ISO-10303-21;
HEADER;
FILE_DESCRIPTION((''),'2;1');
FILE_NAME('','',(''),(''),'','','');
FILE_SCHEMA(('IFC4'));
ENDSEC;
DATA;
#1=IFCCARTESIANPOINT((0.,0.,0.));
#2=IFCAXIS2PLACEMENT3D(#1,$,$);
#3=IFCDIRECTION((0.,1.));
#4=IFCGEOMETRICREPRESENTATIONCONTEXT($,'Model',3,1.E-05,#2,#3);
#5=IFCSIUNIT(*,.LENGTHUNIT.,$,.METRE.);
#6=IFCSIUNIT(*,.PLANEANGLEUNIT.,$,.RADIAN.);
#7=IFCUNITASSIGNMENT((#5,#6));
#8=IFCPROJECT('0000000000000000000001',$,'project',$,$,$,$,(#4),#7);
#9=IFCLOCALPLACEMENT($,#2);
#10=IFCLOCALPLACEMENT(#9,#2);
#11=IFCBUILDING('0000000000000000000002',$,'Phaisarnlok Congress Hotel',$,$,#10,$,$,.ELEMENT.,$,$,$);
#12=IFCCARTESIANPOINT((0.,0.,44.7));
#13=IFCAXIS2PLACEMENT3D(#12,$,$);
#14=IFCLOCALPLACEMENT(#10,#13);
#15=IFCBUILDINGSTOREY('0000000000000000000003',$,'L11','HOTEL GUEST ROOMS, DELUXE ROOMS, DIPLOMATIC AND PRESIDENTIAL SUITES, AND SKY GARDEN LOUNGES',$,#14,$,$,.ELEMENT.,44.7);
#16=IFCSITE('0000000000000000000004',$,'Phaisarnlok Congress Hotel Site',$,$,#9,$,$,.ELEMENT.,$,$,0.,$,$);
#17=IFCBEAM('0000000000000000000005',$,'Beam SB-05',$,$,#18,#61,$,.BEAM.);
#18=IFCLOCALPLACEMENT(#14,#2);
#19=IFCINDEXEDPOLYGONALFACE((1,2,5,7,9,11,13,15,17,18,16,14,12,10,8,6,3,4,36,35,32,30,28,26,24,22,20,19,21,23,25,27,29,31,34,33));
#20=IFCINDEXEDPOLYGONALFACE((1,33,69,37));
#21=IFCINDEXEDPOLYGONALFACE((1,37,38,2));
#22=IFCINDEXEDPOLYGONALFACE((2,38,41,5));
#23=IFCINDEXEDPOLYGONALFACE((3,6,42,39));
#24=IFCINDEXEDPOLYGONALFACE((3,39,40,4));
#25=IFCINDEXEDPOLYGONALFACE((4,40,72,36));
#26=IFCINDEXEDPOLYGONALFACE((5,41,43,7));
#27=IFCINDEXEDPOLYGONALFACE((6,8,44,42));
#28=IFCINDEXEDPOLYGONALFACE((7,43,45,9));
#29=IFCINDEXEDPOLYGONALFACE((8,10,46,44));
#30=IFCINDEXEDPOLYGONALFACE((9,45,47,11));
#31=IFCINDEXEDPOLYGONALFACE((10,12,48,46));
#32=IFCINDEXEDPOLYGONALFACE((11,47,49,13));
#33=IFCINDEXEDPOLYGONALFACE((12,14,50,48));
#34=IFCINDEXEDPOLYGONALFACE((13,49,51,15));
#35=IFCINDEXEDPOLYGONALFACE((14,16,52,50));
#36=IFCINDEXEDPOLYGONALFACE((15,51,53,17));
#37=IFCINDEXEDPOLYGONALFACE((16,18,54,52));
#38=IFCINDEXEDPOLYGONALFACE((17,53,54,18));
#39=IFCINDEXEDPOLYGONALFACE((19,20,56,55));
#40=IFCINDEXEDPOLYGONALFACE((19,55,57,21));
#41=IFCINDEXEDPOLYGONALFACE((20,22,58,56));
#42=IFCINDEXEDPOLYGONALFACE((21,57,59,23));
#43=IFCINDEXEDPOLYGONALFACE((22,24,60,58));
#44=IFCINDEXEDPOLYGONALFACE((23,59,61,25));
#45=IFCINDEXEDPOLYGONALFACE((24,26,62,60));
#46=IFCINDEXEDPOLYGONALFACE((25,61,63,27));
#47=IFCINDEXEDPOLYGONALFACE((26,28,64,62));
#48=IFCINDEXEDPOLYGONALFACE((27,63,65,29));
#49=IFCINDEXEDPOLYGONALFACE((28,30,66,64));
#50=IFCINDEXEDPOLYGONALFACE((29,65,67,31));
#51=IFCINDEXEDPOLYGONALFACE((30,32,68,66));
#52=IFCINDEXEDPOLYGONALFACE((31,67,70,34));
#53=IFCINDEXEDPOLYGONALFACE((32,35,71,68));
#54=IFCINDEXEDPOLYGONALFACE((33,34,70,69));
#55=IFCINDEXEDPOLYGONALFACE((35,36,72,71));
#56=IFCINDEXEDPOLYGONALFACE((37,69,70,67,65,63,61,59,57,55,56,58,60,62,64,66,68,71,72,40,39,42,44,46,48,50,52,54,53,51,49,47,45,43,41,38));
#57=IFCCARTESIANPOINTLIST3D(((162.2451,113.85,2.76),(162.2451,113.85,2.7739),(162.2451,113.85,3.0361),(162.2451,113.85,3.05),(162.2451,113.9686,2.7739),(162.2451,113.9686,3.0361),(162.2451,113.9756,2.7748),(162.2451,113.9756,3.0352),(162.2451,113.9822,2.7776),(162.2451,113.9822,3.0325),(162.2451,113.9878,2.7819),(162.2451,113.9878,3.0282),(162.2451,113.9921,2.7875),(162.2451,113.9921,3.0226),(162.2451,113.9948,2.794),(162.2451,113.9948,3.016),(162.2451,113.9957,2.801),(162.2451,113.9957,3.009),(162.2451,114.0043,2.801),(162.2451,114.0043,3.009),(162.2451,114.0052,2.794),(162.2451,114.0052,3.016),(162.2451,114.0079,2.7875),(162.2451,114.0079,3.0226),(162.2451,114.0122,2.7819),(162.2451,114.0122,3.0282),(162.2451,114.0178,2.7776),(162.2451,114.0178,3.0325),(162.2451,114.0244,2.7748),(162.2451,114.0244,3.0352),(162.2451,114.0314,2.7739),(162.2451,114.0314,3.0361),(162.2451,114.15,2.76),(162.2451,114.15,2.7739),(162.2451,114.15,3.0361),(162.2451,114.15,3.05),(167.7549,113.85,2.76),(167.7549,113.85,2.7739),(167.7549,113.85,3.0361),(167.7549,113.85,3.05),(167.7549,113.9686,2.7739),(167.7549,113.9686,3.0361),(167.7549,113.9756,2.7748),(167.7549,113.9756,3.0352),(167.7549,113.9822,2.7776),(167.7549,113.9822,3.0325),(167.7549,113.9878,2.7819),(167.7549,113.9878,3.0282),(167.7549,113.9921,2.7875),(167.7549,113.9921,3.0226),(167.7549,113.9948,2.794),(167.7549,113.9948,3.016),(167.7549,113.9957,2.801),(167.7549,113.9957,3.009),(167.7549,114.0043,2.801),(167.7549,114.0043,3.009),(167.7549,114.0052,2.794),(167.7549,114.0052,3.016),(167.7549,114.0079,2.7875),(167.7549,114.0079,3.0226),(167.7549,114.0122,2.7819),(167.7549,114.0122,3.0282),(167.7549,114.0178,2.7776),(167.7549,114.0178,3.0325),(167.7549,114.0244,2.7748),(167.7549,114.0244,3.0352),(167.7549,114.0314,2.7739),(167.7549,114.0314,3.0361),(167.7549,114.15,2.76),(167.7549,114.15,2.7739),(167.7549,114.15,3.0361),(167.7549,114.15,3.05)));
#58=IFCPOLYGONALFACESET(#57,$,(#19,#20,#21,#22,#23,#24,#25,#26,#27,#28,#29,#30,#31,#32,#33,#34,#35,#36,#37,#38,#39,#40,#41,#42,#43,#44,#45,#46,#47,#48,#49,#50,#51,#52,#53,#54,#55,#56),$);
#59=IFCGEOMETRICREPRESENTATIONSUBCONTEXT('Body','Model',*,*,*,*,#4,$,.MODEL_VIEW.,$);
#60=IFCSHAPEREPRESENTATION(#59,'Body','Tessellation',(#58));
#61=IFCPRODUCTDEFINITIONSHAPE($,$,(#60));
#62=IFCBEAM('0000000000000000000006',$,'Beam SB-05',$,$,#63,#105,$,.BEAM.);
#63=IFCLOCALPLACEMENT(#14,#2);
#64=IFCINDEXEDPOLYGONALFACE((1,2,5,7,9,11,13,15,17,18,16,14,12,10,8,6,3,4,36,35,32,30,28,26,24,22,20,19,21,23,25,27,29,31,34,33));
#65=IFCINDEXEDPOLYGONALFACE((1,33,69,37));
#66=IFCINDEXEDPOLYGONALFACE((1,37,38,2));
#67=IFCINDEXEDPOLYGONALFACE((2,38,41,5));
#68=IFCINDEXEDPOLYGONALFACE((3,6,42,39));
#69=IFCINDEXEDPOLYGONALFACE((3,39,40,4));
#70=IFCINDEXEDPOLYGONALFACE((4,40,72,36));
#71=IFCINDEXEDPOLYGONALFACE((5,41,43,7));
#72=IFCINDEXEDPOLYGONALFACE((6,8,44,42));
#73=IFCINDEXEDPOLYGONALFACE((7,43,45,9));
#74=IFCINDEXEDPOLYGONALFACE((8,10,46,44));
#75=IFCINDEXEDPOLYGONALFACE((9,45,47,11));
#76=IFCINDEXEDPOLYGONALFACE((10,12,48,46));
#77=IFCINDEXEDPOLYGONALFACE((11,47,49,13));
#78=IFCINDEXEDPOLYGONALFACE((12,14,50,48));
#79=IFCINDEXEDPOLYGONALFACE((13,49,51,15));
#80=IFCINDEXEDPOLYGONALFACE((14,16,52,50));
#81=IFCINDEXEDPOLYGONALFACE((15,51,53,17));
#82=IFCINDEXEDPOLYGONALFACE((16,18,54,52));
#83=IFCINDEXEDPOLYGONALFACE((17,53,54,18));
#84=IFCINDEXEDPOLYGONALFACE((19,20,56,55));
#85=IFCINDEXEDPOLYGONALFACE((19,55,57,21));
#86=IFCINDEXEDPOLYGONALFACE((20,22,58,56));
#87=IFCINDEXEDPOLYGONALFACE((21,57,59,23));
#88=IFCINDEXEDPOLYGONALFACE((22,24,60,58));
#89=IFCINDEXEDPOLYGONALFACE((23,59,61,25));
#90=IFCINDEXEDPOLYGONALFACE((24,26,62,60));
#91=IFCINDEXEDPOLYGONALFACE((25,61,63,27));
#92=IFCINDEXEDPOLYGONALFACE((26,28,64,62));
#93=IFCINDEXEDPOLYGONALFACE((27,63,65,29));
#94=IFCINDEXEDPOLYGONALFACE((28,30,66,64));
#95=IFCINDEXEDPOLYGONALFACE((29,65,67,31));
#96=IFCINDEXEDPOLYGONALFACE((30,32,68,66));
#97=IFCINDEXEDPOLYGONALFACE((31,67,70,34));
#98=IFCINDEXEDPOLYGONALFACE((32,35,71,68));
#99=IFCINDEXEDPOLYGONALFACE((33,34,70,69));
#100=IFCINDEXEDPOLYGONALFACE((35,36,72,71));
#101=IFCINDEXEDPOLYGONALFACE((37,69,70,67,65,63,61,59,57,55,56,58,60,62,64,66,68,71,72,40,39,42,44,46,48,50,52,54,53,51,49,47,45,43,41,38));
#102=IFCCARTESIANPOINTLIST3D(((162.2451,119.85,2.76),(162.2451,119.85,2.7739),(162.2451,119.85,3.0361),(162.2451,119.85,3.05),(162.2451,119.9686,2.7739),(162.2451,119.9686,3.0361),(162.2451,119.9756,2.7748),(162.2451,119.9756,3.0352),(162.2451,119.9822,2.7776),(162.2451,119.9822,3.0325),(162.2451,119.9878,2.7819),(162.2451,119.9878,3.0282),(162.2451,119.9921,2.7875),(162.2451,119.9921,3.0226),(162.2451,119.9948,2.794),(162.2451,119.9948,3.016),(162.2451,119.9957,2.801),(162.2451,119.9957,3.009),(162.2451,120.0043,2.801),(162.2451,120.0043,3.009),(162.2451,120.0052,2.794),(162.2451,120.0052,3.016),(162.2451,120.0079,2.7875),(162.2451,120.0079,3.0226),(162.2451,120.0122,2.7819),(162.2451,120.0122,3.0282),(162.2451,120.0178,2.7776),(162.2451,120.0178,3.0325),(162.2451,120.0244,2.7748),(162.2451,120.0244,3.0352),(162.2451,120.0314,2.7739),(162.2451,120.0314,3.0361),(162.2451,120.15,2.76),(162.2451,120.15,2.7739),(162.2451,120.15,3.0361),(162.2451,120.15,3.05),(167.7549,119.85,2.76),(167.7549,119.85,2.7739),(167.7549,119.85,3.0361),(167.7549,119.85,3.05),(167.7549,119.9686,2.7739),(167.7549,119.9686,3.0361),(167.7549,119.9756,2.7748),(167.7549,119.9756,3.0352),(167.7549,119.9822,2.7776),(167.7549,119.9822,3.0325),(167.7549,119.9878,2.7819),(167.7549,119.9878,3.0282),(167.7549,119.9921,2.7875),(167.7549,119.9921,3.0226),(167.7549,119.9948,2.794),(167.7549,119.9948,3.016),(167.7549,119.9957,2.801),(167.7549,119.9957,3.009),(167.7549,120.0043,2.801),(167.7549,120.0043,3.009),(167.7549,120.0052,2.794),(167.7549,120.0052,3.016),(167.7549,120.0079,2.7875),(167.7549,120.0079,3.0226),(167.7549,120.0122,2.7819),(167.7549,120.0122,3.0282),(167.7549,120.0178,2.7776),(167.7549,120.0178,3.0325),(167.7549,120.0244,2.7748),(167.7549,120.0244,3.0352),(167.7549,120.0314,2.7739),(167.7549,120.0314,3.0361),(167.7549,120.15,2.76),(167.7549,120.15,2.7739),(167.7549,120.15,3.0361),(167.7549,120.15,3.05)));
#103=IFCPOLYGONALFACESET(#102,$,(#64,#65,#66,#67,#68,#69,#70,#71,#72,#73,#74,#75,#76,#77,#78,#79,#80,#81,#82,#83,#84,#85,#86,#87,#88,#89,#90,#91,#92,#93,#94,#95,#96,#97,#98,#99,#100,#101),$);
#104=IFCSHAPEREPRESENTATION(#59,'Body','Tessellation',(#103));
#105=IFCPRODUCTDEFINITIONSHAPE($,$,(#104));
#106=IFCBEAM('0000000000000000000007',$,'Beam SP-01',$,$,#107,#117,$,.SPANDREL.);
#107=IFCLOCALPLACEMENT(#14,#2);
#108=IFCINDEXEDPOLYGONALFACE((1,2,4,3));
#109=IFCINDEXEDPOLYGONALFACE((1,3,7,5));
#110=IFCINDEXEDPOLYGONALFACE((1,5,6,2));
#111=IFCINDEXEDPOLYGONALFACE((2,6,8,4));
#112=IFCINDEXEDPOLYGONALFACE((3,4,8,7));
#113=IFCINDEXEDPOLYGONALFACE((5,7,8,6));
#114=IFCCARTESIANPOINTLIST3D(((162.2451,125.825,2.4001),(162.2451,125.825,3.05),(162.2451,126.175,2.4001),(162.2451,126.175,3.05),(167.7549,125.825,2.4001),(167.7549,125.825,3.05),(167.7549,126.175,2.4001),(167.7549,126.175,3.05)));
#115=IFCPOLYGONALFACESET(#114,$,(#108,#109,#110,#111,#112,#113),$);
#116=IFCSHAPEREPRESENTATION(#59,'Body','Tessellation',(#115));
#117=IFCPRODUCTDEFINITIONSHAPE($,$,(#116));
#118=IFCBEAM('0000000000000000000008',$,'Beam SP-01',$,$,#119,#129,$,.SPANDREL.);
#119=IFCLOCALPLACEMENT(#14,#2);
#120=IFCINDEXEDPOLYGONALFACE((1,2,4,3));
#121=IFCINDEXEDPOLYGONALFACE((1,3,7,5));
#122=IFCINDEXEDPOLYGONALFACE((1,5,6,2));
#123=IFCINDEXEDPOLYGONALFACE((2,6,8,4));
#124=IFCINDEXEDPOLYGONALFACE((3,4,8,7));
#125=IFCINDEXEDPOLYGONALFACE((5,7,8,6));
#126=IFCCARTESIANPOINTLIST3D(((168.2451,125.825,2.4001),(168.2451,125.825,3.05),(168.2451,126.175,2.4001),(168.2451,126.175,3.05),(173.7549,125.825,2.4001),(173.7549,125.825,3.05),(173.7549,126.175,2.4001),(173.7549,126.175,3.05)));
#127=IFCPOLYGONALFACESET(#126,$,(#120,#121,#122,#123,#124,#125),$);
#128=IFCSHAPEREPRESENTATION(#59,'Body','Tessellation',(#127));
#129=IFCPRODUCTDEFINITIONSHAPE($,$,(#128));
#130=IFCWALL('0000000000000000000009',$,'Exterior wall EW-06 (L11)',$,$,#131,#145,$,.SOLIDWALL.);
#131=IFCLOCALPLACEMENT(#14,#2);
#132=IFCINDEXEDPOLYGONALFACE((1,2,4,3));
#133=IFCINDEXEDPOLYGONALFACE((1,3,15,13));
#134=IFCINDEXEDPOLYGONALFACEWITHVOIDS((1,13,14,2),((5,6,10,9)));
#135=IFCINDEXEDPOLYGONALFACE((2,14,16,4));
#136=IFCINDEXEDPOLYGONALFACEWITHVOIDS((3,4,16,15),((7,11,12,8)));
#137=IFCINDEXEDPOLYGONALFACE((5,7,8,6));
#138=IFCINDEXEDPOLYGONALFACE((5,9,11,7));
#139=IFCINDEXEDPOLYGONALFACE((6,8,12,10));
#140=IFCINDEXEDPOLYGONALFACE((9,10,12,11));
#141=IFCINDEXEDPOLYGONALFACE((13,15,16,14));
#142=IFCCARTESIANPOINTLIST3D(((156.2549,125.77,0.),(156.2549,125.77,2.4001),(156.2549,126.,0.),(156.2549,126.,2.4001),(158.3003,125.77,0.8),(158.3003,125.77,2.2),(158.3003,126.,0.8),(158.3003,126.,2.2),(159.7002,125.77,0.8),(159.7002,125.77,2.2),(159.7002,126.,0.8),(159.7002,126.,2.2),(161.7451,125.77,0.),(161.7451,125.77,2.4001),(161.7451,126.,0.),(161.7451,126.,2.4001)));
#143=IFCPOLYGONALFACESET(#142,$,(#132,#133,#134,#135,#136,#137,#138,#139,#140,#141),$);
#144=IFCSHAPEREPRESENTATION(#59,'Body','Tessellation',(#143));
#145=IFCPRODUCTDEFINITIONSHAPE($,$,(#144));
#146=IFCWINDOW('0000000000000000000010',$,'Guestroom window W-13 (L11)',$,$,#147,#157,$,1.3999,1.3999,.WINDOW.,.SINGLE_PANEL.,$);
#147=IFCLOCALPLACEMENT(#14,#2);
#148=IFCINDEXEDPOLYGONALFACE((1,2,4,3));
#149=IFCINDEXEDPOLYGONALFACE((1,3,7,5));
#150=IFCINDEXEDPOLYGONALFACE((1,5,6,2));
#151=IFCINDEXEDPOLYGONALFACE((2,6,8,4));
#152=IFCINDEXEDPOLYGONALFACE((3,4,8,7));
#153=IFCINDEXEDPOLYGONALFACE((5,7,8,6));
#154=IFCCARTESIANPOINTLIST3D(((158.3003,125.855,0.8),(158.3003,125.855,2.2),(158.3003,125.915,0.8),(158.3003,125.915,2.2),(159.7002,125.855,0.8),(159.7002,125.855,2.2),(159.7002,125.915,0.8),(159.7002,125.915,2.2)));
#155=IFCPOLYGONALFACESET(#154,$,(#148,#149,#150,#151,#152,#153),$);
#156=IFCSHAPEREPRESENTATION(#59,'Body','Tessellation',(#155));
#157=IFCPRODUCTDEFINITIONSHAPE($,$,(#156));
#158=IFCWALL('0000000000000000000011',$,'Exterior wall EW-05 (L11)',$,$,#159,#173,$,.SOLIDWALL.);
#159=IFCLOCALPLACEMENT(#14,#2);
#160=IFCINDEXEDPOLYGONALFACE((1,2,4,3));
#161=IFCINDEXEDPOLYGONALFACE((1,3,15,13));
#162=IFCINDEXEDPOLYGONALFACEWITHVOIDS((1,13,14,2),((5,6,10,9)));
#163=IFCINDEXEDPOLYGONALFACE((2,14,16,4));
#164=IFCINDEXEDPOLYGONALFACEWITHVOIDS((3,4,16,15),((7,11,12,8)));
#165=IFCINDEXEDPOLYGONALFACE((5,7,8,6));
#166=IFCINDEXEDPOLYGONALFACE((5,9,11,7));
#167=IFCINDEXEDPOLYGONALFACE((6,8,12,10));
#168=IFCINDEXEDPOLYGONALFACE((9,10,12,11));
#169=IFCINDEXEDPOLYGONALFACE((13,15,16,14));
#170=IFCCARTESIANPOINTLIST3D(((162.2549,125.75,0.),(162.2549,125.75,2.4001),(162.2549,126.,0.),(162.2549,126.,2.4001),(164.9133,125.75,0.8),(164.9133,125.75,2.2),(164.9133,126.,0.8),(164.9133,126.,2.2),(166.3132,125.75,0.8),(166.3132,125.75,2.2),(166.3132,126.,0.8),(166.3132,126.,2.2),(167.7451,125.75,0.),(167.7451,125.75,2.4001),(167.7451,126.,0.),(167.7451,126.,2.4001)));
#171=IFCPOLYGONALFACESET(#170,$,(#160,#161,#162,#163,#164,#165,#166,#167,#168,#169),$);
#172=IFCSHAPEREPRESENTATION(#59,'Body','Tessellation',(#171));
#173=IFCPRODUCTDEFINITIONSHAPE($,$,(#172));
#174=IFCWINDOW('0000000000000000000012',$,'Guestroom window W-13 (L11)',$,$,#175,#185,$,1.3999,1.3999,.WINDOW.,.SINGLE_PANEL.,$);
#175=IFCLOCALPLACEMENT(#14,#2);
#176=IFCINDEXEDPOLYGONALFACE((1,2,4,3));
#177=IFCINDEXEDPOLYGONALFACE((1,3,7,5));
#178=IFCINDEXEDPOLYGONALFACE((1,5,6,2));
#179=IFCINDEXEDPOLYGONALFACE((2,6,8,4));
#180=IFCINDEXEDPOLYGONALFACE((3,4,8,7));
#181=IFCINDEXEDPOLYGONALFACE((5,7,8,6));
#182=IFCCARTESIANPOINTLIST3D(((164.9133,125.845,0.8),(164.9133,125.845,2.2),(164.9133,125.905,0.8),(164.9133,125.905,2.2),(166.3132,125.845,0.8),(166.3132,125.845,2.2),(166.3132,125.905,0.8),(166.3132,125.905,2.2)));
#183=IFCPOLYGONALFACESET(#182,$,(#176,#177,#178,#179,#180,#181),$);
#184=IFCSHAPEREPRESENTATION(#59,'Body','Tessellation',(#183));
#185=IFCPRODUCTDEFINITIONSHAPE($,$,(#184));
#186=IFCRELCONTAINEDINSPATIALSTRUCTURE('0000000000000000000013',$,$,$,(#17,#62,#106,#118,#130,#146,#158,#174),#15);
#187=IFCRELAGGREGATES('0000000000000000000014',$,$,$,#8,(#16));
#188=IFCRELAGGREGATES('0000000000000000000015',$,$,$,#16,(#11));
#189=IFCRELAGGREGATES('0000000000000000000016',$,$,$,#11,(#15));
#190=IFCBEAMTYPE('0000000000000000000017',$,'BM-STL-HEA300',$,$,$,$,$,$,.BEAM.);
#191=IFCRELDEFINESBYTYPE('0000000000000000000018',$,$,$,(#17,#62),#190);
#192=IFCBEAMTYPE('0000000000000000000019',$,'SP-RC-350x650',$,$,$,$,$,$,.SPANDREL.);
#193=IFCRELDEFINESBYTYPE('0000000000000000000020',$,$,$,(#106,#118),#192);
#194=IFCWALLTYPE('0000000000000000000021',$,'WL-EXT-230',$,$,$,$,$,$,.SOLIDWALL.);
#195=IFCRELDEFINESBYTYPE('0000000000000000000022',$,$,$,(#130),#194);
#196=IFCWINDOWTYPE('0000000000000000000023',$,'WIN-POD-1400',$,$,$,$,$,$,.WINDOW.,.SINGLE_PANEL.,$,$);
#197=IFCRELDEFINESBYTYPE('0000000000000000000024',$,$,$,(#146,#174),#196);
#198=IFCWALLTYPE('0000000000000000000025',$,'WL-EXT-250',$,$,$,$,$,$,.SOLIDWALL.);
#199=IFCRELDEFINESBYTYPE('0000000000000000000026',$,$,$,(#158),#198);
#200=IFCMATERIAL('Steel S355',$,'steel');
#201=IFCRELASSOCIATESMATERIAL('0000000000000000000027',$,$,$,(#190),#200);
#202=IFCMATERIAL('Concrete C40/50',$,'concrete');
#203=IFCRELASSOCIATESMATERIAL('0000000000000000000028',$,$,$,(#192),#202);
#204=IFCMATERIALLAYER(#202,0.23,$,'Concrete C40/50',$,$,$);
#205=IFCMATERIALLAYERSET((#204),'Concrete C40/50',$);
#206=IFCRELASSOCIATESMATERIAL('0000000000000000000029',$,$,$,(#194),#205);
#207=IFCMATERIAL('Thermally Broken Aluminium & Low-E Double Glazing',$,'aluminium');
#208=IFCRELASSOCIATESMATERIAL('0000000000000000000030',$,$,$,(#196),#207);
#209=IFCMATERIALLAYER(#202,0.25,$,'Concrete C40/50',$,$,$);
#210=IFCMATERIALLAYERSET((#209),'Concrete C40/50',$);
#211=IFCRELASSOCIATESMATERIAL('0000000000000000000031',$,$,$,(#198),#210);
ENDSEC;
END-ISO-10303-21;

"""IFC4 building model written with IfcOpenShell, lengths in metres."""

from ifc_helpers import new_model, si_unit, direction, frame, frame_2d, origin, origin_2d, place, context, subcontext, project, spatial, rectangle, i_section, extrude, material, layer, layer_set, material_profile, profile_set, type_object, element, fill, save


model = new_model("IFC4")

# Units and contexts
model_context = context("Model", 3, precision=1e-05, world=origin(), true_north=direction((0.0, 1.0)))
body_context = subcontext(model_context, "Body", "Model", "MODEL_VIEW")
ifc_project = project(units=[si_unit("LENGTHUNIT", "METRE"), si_unit("PLANEANGLEUNIT", "RADIAN")], contexts=[model_context])

# Site, building, storey
site_placement = place(None, origin())
site = spatial("IfcSite", under=ifc_project, at=site_placement, Name="Phaisarnlok Congress Hotel Site", CompositionType="ELEMENT", RefElevation=0.0)
building_placement = place(site_placement, origin())
building = spatial("IfcBuilding", under=site, at=building_placement, Name="Phaisarnlok Congress Hotel", CompositionType="ELEMENT")
storey_placement = place(building_placement, frame((0.0, 0.0, 44.7)))
storey = spatial("IfcBuildingStorey", under=building, at=storey_placement, Name="L11", Description="HOTEL GUEST ROOMS, DELUXE ROOMS, DIPLOMATIC AND PRESIDENTIAL SUITES, AND SKY GARDEN LOUNGES", CompositionType="ELEMENT", Elevation=44.7)

# Beams
ifc_material_1 = material(Name="Concrete C40/50", Category="concrete")
ifc_material_2 = material(Name="Steel S355", Category="steel")
ifc_material_profile_1 = material_profile(ifc_material_2, i_section(OverallWidth=0.3, OverallDepth=0.29, WebThickness=0.0085, FlangeThickness=0.0139, FilletRadius=0.0271, at=origin_2d()), Name="HEA 300")
ifc_profile_set_1 = profile_set([ifc_material_profile_1], Name="Steel S355")
beam_type_1 = type_object("IfcBeamType", Name="BM-STL-HEA300", PredefinedType="BEAM", material=ifc_profile_set_1)
for number, where, z_axis, x_axis, name in (
    (1, (162.2451, 114.0, 2.905), (1.0, 0.0, 0.0), (0.0, 1.0, 0.0), "Beam SB-05"),
    (2, (162.2451, 120.0, 2.905), (1.0, 0.0, 0.0), (0.0, 1.0, 0.0), "Beam SB-05"),
):
    element("IfcBeam", number, at=place(storey_placement, frame(where, z_axis=z_axis, x_axis=x_axis)), inside=storey, type_object=beam_type_1, Name=name, PredefinedType="BEAM", context=body_context, shape_type="SweptSolid", body=[
        extrude(i_section(OverallWidth=0.3, OverallDepth=0.29, WebThickness=0.0085, FlangeThickness=0.0139, FilletRadius=0.0271, at=origin_2d()), origin(), (0.0, 0.0, 1.0), 5.5098),
    ])
ifc_material_profile_2 = material_profile(ifc_material_1, rectangle(XDim=0.3501, YDim=0.6499, at=origin_2d()), Name="RC 350x650")
ifc_profile_set_2 = profile_set([ifc_material_profile_2], Name="Concrete C40/50")
beam_type_2 = type_object("IfcBeamType", Name="SP-RC-350x650", PredefinedType="SPANDREL", material=ifc_profile_set_2)
for number, where, z_axis, x_axis, name in (
    (3, (162.2451, 126.0, 2.7251), (1.0, 0.0, 0.0), (0.0, 1.0, 0.0), "Beam SP-01"),
    (4, (168.2451, 126.0, 2.7251), (1.0, 0.0, 0.0), (0.0, 1.0, 0.0), "Beam SP-01"),
):
    element("IfcBeam", number, at=place(storey_placement, frame(where, z_axis=z_axis, x_axis=x_axis)), inside=storey, type_object=beam_type_2, Name=name, PredefinedType="SPANDREL", context=body_context, shape_type="SweptSolid", body=[
        extrude(rectangle(XDim=0.3501, YDim=0.6499, at=origin_2d()), origin(), (0.0, 0.0, 1.0), 5.5098),
    ])

# Walls, openings, windows
ifc_layer_1 = layer(ifc_material_1, 0.23, Name="Concrete C40/50")
ifc_layer_set_1 = layer_set([ifc_layer_1], Name="Concrete C40/50")
wall_type_1 = type_object("IfcWallType", Name="WL-EXT-230", PredefinedType="SOLIDWALL", material=ifc_layer_set_1)
wall_1_placement = place(storey_placement, frame((161.7451, 125.885, 0.0), z_axis=(0.0, 0.0, 1.0), x_axis=(-1.0, 0.0, 0.0)))
wall_1 = element("IfcWall", 5, at=wall_1_placement, inside=storey, type_object=wall_type_1, Name="Exterior wall EW-06 (L11)", PredefinedType="SOLIDWALL", context=body_context, shape_type="SweptSolid", body=[
    extrude(rectangle(XDim=5.4902, YDim=0.23, at=frame_2d((2.7451, 0.0))), origin(), (0.0, 0.0, 1.0), 2.4001),
])
opening_1_placement = place(wall_1_placement, frame((2.0449, 0.0, 0.8)))
opening_1 = element("IfcOpeningElement", 6, at=opening_1_placement, cuts=wall_1, PredefinedType="OPENING", context=body_context, shape_type="SweptSolid", body=[
    extrude(rectangle(XDim=1.3999, YDim=1.3999, at=frame_2d((0.7, 0.7))), frame((0.0, 0.125, 0.0), z_axis=(0.0, -1.0, 0.0), x_axis=(1.0, 0.0, 0.0)), (0.0, 0.0, 1.0), 0.25),
])
ifc_material_3 = material(Name="Thermally Broken Aluminium & Low-E Double Glazing", Category="aluminium")
window_type = type_object("IfcWindowType", Name="WIN-POD-1400", PartitioningType="SINGLE_PANEL", PredefinedType="WINDOW", material=ifc_material_3)
window_1_placement = place(opening_1_placement, origin())
window_1 = element("IfcWindow", 7, at=window_1_placement, inside=storey, type_object=window_type, Name="Guestroom window W-13 (L11)", OverallHeight=1.3999, OverallWidth=1.3999, PartitioningType="SINGLE_PANEL", PredefinedType="WINDOW", context=body_context, shape_type="SweptSolid", body=[
    extrude(rectangle(XDim=1.3999, YDim=1.3999, at=frame_2d((0.7, 0.7))), frame((0.0, 0.03, 0.0), z_axis=(0.0, -1.0, 0.0), x_axis=(1.0, 0.0, 0.0)), (0.0, 0.0, 1.0), 0.0601),
])
fill(opening_1, window_1)
ifc_layer_2 = layer(ifc_material_1, 0.25, Name="Concrete C40/50")
ifc_layer_set_2 = layer_set([ifc_layer_2], Name="Concrete C40/50")
wall_type_2 = type_object("IfcWallType", Name="WL-EXT-250", PredefinedType="SOLIDWALL", material=ifc_layer_set_2)
wall_2_placement = place(storey_placement, frame((167.7451, 125.875, 0.0), z_axis=(0.0, 0.0, 1.0), x_axis=(-1.0, 0.0, 0.0)))
wall_2 = element("IfcWall", 8, at=wall_2_placement, inside=storey, type_object=wall_type_2, Name="Exterior wall EW-05 (L11)", PredefinedType="SOLIDWALL", context=body_context, shape_type="SweptSolid", body=[
    extrude(rectangle(XDim=5.4902, YDim=0.25, at=frame_2d((2.7451, 0.0))), origin(), (0.0, 0.0, 1.0), 2.4001),
])
opening_2_placement = place(wall_2_placement, frame((1.4319, 0.0, 0.8)))
opening_2 = element("IfcOpeningElement", 9, at=opening_2_placement, cuts=wall_2, PredefinedType="OPENING", context=body_context, shape_type="SweptSolid", body=[
    extrude(rectangle(XDim=1.3999, YDim=1.3999, at=frame_2d((0.7, 0.7))), frame((0.0, 0.135, 0.0), z_axis=(0.0, -1.0, 0.0), x_axis=(1.0, 0.0, 0.0)), (0.0, 0.0, 1.0), 0.27),
])
window_2_placement = place(opening_2_placement, origin())
window_2 = element("IfcWindow", 10, at=window_2_placement, inside=storey, type_object=window_type, Name="Guestroom window W-13 (L11)", OverallHeight=1.3999, OverallWidth=1.3999, PartitioningType="SINGLE_PANEL", PredefinedType="WINDOW", context=body_context, shape_type="SweptSolid", body=[
    extrude(rectangle(XDim=1.3999, YDim=1.3999, at=frame_2d((0.7, 0.7))), frame((0.0, 0.03, 0.0), z_axis=(0.0, -1.0, 0.0), x_axis=(1.0, 0.0, 0.0)), (0.0, 0.0, 1.0), 0.0601),
])
fill(opening_2, window_2)

save(model, "model.ifc")
